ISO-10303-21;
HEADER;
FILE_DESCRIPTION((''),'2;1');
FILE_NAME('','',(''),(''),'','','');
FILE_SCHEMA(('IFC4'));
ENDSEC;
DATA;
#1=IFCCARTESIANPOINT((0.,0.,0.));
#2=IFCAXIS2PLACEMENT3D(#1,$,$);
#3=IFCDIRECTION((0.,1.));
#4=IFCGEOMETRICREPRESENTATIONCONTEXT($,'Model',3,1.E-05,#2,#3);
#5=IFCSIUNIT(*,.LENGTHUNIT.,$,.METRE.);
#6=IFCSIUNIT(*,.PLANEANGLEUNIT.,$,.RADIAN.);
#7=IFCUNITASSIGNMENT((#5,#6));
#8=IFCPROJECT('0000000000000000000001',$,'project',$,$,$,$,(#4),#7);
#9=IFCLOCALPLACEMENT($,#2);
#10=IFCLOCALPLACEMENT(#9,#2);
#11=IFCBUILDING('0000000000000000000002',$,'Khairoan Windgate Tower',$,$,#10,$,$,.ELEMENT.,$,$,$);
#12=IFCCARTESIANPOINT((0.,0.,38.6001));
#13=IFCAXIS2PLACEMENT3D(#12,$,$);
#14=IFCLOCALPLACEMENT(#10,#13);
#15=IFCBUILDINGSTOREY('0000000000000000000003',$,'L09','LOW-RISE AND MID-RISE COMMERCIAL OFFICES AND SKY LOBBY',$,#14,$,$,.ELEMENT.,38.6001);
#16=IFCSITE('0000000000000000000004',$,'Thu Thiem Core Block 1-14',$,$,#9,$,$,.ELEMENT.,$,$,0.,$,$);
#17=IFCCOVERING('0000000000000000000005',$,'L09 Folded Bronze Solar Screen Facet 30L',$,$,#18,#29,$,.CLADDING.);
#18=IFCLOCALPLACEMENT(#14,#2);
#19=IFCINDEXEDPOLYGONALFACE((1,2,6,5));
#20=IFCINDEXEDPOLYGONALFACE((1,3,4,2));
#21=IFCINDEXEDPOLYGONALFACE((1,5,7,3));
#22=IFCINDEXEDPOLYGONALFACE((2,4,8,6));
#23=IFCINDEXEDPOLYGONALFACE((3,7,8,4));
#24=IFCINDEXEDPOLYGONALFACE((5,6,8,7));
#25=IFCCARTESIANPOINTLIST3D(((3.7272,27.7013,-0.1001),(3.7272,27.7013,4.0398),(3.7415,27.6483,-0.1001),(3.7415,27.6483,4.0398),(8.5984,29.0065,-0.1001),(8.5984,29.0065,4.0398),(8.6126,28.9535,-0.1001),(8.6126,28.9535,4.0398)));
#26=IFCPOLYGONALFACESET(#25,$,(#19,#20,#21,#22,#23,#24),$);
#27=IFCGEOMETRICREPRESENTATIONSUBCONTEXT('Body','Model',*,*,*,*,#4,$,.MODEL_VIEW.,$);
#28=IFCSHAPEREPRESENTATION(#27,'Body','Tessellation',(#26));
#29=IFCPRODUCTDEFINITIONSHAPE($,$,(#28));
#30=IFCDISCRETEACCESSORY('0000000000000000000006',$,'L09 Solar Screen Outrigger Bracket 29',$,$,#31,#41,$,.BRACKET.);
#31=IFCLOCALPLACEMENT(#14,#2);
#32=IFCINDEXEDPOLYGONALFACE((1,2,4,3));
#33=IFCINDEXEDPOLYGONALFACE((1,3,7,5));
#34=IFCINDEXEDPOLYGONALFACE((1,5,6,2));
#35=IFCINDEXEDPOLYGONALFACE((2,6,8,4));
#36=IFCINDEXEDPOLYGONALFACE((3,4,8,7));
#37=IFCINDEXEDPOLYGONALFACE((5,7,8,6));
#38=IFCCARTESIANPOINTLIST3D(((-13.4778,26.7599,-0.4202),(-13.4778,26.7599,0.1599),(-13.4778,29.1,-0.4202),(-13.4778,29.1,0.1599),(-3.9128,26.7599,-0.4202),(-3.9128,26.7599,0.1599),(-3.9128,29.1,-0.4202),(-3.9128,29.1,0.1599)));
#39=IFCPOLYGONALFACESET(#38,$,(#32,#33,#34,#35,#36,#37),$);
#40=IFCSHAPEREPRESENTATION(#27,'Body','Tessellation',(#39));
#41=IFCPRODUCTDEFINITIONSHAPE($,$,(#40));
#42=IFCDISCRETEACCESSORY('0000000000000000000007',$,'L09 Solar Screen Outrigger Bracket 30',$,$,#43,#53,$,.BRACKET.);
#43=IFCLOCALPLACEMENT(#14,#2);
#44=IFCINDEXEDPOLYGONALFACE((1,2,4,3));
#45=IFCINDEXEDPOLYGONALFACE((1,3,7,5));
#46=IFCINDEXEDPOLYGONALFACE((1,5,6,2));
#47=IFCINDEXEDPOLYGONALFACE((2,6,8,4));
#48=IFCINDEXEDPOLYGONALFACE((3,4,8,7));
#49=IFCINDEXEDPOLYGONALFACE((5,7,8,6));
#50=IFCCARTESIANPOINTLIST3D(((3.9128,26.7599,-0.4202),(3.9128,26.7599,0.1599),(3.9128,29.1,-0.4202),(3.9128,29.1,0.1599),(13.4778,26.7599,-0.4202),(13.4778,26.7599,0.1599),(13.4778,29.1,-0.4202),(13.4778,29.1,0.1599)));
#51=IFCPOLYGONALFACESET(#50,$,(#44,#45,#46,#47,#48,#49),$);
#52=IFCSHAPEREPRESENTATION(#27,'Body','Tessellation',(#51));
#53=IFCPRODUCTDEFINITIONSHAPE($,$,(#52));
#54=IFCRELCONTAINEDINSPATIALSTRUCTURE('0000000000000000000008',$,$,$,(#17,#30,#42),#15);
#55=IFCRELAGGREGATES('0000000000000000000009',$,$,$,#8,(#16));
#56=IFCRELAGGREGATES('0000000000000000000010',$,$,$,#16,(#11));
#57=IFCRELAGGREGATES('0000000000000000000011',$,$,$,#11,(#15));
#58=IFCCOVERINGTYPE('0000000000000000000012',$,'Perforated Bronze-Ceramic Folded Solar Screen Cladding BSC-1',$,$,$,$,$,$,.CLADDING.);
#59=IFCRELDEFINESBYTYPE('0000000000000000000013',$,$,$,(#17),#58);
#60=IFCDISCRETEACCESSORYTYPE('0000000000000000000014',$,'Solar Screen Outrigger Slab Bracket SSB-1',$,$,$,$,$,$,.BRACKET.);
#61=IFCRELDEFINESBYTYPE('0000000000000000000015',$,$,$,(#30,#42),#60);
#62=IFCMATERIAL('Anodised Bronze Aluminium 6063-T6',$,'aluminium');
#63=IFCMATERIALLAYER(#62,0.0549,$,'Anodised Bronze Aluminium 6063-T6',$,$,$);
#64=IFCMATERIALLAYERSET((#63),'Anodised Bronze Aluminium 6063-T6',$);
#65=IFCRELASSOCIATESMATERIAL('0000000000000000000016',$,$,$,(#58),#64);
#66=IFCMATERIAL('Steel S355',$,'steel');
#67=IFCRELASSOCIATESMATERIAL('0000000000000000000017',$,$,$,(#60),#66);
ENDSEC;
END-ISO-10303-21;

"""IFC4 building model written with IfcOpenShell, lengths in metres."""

from ifc_helpers import new_model, si_unit, direction, frame, origin, origin_2d, place, context, subcontext, project, spatial, rectangle, extrude, material, layer, layer_set, type_object, element, save


model = new_model("IFC4")

# Units and contexts
model_context = context("Model", 3, precision=1e-05, world=origin(), true_north=direction((0.0, 1.0)))
body_context = subcontext(model_context, "Body", "Model", "MODEL_VIEW")
ifc_project = project(units=[si_unit("LENGTHUNIT", "METRE"), si_unit("PLANEANGLEUNIT", "RADIAN")], contexts=[model_context])

# Site, building, storey
site_placement = place(None, origin())
site = spatial("IfcSite", under=ifc_project, at=site_placement, Name="Thu Thiem Core Block 1-14", CompositionType="ELEMENT", RefElevation=0.0)
building_placement = place(site_placement, origin())
building = spatial("IfcBuilding", under=site, at=building_placement, Name="Khairoan Windgate Tower", CompositionType="ELEMENT")
storey_placement = place(building_placement, frame((0.0, 0.0, 38.6001)))
storey = spatial("IfcBuildingStorey", under=building, at=storey_placement, Name="L09", Description="LOW-RISE AND MID-RISE COMMERCIAL OFFICES AND SKY LOBBY", CompositionType="ELEMENT", Elevation=38.6001)

# Covering
ifc_material_1 = material(Name="Anodised Bronze Aluminium 6063-T6", Category="aluminium")
ifc_layer_1 = layer(ifc_material_1, 0.0549, Name="Anodised Bronze Aluminium 6063-T6")
ifc_layer_set_1 = layer_set([ifc_layer_1], Name="Anodised Bronze Aluminium 6063-T6")
covering_type = type_object("IfcCoveringType", Name="Perforated Bronze-Ceramic Folded Solar Screen Cladding BSC-1", PredefinedType="CLADDING", material=ifc_layer_set_1)
covering_placement = place(storey_placement, frame((6.1699, 28.3274, -0.1001), z_axis=(0.0, 0.0, 1.0), x_axis=(0.965926, 0.258819, 0.0)))
element("IfcCovering", 1, at=covering_placement, inside=storey, type_object=covering_type, Name="L09 Folded Bronze Solar Screen Facet 30L", PredefinedType="CLADDING", context=body_context, shape_type="SweptSolid", body=[
    extrude(rectangle(XDim=5.043, YDim=0.0549, at=origin_2d()), origin(), (0.0, 0.0, 1.0), 4.1399),
])

# Discrete accessories
ifc_material_2 = material(Name="Steel S355", Category="steel")
discrete_accessory_type = type_object("IfcDiscreteAccessoryType", Name="Solar Screen Outrigger Slab Bracket SSB-1", PredefinedType="BRACKET", material=ifc_material_2)
for number, where, z_axis, x_axis, name in (
    (2, (-8.6953, 27.9299, -0.4202), (0.0, 0.0, 1.0), (1.0, 0.0, 0.0), "L09 Solar Screen Outrigger Bracket 29"),
    (3, (8.6953, 27.9299, -0.4202), (0.0, 0.0, 1.0), (1.0, 0.0, 0.0), "L09 Solar Screen Outrigger Bracket 30"),
):
    element("IfcDiscreteAccessory", number, at=place(storey_placement, frame(where, z_axis=z_axis, x_axis=x_axis)), inside=storey, type_object=discrete_accessory_type, Name=name, PredefinedType="BRACKET", context=body_context, shape_type="SweptSolid", body=[
        extrude(rectangle(XDim=9.5649, YDim=2.3401, at=origin_2d()), origin(), (0.0, 0.0, 1.0), 0.5801),
    ])

save(model, "model.ifc")
